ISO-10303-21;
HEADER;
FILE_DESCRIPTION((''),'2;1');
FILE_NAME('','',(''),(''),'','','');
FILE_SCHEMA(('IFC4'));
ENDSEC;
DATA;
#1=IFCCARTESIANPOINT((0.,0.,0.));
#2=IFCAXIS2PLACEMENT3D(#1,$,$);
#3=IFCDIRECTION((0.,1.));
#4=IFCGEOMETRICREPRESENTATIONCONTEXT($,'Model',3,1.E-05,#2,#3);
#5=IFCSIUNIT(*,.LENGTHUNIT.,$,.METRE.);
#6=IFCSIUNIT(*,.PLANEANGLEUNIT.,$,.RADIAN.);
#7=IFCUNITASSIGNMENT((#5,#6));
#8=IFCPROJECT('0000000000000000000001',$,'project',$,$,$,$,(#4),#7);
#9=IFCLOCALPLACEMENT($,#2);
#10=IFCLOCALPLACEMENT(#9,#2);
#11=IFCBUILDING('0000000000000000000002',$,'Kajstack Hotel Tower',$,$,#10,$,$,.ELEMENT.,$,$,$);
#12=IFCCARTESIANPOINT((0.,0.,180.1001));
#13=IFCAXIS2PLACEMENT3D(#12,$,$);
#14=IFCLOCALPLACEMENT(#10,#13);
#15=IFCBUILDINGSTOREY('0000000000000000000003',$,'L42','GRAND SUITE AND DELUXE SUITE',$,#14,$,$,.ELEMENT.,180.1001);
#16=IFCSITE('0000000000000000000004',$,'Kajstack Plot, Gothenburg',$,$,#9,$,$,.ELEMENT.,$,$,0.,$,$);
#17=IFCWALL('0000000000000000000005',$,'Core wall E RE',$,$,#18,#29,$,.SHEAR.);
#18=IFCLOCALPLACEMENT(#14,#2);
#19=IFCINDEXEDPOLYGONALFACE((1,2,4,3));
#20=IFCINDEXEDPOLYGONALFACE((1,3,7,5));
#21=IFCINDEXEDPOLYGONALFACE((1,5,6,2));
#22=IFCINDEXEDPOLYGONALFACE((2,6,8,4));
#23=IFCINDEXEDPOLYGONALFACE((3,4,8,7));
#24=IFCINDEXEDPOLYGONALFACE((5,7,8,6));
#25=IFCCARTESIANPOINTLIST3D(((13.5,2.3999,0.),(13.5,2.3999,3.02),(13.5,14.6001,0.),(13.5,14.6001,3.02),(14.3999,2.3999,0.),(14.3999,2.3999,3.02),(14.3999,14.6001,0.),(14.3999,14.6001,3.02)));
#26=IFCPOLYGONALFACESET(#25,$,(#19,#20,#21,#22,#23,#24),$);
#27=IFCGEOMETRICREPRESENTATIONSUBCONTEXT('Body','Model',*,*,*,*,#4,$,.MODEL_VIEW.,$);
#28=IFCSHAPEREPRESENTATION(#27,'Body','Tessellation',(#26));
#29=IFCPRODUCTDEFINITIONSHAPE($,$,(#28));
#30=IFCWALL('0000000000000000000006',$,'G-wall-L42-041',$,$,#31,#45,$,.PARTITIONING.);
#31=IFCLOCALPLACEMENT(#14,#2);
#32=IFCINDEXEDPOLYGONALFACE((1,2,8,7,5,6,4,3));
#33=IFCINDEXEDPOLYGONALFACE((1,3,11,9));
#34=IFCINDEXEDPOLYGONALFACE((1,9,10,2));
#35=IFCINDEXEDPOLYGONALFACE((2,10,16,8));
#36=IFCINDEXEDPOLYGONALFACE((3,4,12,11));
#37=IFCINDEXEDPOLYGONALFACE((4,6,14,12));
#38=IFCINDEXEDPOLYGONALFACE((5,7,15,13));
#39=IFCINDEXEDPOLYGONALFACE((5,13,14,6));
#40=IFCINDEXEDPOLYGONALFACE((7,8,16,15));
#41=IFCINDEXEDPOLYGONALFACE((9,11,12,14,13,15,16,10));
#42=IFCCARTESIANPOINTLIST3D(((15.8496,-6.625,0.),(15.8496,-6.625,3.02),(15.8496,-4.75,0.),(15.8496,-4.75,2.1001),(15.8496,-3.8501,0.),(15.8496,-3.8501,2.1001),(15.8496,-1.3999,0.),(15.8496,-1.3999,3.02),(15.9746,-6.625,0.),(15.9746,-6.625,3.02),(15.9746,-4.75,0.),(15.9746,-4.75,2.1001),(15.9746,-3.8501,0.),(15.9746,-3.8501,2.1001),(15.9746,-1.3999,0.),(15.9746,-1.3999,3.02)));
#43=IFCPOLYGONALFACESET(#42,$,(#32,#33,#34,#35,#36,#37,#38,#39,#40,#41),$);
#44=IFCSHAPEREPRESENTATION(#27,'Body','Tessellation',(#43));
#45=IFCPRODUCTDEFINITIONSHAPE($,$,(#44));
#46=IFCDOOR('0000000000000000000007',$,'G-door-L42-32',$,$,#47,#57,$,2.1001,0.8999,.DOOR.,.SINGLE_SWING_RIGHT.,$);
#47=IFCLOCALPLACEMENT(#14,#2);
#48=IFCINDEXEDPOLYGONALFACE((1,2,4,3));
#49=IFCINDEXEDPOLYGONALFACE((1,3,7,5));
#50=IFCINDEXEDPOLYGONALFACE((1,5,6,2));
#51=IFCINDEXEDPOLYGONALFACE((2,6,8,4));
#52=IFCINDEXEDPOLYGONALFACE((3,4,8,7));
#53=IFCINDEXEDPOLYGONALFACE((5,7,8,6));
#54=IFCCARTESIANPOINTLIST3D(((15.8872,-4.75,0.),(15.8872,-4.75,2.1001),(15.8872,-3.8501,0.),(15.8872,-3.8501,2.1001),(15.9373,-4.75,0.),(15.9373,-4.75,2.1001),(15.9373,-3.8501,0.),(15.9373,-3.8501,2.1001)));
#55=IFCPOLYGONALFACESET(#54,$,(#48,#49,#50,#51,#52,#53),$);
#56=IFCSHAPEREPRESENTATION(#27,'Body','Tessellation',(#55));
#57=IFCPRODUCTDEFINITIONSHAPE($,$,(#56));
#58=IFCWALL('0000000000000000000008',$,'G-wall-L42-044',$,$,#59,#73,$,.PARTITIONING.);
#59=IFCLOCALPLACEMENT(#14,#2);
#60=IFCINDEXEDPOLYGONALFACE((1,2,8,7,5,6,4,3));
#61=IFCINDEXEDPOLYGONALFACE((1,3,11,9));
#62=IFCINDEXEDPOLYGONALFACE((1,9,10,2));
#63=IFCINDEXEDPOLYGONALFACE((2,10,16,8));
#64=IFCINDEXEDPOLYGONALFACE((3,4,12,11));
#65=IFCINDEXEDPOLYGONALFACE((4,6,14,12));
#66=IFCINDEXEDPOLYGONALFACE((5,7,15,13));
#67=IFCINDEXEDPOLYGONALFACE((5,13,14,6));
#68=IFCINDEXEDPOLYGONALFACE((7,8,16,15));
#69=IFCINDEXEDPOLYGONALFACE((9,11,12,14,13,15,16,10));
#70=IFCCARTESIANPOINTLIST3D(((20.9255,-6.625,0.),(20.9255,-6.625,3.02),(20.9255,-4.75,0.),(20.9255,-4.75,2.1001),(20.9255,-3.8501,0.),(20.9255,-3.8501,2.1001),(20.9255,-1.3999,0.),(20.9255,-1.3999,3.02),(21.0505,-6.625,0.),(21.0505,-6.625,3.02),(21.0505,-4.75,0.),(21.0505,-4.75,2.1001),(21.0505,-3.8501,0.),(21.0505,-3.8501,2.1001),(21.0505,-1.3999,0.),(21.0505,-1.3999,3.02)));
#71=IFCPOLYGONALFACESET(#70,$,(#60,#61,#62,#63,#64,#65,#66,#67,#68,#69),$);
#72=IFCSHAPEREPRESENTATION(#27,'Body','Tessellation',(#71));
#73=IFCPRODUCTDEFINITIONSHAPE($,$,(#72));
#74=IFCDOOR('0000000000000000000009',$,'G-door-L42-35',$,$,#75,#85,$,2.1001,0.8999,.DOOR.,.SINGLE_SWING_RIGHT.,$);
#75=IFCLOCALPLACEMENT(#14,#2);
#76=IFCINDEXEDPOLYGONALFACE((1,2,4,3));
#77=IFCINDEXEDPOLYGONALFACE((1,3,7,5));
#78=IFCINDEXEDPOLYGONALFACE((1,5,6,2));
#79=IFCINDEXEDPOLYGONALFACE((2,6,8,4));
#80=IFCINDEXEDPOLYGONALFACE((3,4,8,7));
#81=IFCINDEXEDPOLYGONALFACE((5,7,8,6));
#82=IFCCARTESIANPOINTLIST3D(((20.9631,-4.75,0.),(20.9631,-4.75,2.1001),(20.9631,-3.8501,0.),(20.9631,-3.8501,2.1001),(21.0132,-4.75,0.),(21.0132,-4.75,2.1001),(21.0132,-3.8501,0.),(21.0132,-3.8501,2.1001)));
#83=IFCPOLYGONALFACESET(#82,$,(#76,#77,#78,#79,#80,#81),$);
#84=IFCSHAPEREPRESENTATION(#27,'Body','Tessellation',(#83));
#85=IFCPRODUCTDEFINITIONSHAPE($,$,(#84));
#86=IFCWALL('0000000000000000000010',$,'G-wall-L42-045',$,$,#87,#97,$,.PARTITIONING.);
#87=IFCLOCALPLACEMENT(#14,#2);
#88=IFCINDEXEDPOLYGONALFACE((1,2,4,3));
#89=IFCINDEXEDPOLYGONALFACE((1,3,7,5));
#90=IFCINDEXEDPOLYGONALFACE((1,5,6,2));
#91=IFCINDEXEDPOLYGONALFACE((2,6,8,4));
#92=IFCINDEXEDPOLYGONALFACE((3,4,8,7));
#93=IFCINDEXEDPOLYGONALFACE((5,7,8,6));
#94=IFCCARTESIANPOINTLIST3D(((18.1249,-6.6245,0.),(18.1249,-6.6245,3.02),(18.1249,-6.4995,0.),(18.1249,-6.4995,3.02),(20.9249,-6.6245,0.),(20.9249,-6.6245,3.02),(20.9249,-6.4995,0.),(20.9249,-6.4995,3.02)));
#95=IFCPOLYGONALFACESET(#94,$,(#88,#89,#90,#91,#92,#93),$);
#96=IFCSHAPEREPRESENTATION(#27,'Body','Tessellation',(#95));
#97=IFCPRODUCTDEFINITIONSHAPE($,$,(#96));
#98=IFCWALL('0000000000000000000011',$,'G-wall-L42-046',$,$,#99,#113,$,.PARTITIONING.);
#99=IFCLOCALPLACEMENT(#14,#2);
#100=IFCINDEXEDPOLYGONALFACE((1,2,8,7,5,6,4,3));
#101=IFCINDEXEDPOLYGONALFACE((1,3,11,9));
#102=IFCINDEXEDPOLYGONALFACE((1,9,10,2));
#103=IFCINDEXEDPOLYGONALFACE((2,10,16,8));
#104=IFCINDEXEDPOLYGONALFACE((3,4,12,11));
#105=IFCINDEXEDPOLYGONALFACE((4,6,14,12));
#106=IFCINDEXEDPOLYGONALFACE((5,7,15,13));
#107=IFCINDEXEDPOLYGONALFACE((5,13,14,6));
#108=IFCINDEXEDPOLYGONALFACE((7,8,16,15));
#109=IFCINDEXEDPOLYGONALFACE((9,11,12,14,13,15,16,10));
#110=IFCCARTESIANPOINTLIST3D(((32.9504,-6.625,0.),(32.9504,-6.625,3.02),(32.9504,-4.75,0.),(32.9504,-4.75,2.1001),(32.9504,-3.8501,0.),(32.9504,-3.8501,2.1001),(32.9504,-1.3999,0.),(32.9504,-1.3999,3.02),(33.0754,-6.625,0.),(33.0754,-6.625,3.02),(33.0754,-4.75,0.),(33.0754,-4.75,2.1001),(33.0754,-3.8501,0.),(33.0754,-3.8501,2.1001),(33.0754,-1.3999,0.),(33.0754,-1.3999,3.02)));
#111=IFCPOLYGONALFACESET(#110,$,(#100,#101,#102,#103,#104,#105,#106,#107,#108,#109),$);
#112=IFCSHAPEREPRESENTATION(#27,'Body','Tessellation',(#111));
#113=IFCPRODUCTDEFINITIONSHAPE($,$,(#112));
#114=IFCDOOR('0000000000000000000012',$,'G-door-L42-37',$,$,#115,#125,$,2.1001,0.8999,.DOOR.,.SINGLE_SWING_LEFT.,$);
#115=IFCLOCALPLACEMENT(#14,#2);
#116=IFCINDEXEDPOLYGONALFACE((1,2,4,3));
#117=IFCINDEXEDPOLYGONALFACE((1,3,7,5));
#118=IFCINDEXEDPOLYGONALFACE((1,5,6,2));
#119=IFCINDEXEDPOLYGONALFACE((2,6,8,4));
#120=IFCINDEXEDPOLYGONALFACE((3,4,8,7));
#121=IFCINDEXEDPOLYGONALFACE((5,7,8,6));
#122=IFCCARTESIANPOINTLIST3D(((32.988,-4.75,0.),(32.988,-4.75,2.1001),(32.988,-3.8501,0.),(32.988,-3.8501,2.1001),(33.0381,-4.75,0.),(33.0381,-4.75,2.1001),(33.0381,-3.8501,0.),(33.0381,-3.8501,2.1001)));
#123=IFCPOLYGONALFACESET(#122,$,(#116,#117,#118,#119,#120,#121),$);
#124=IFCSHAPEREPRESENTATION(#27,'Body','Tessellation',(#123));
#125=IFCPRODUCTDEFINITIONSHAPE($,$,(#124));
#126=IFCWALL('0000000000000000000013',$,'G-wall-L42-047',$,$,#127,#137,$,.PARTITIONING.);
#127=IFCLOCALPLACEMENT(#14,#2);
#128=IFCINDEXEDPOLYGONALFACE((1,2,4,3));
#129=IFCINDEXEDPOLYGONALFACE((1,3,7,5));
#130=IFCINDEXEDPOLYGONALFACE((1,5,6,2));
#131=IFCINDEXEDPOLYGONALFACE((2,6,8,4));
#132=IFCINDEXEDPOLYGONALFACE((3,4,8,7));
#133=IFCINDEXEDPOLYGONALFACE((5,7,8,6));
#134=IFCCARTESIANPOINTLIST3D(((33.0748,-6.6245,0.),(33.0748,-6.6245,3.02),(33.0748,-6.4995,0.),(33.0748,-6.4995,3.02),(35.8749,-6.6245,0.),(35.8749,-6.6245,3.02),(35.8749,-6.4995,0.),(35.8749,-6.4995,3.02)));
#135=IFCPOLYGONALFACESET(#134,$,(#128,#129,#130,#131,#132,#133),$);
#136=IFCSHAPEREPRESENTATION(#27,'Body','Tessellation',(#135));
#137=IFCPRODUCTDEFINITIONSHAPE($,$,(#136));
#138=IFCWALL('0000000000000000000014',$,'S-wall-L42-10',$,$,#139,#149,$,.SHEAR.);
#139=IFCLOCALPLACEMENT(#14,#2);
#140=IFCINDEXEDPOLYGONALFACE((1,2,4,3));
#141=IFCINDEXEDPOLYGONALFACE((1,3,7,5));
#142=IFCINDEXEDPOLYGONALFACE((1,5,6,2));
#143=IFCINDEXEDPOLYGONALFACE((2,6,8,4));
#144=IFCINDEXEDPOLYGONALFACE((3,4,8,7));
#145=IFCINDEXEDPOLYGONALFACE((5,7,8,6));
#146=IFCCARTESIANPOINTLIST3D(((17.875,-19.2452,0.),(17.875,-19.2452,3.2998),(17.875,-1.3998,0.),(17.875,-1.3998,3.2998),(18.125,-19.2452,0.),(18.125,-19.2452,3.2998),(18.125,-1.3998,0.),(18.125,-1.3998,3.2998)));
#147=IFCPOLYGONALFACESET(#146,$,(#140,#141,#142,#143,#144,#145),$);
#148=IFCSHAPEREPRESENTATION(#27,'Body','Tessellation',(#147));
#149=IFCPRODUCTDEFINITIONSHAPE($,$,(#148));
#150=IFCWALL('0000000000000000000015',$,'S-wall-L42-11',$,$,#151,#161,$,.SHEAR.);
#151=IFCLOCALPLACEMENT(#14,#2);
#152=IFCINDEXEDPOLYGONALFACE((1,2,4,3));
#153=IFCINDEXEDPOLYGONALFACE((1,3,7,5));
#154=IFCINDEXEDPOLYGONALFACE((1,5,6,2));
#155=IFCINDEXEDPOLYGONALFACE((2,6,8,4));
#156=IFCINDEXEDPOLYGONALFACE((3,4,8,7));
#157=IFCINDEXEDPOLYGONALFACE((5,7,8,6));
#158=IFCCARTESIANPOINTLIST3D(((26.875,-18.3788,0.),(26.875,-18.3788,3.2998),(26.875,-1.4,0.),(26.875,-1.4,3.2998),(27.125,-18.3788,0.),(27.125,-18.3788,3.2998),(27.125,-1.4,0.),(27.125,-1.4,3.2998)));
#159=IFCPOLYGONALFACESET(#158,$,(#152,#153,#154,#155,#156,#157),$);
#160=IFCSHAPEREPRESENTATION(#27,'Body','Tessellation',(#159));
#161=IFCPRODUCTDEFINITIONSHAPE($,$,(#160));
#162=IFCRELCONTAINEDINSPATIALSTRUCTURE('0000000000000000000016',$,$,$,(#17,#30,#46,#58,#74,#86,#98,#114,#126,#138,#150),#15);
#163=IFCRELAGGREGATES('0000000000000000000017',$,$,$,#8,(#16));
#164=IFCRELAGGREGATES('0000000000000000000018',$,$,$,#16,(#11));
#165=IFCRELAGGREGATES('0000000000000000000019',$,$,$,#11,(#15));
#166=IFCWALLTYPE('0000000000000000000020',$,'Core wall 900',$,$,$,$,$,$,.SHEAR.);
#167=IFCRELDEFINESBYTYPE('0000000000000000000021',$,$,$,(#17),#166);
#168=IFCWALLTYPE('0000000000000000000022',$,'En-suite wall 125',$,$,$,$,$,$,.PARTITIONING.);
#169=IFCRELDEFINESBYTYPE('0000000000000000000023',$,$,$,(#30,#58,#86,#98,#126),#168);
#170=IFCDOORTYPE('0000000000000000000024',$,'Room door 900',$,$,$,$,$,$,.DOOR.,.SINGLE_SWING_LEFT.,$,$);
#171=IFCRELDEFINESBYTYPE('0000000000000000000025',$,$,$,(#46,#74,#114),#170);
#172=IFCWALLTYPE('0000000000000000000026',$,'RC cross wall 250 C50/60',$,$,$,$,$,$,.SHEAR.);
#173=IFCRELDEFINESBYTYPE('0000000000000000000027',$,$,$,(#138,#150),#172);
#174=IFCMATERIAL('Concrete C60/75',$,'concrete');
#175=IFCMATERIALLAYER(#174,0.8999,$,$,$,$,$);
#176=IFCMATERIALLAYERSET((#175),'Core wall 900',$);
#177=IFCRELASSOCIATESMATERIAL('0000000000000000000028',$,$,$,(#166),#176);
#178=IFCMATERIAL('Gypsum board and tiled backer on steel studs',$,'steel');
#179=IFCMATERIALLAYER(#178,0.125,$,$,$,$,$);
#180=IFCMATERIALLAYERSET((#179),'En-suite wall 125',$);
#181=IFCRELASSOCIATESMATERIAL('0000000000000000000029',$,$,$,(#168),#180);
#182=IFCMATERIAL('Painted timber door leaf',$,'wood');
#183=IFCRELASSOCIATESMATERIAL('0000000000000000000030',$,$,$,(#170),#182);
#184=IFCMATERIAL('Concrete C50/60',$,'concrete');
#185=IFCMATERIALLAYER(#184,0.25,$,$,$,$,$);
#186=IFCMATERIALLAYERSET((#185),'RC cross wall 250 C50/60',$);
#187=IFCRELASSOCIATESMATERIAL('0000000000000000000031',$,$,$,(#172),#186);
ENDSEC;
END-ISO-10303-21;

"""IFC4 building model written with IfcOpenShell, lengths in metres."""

from ifc_helpers import new_model, si_unit, direction, frame, frame_2d, origin, place, context, subcontext, project, spatial, rectangle, extrude, material, layer, layer_set, type_object, element, fill, save


model = new_model("IFC4")

# Units and contexts
model_context = context("Model", 3, precision=1e-05, world=origin(), true_north=direction((0.0, 1.0)))
body_context = subcontext(model_context, "Body", "Model", "MODEL_VIEW")
ifc_project = project(units=[si_unit("LENGTHUNIT", "METRE"), si_unit("PLANEANGLEUNIT", "RADIAN")], contexts=[model_context])

# Site, building, storey
site_placement = place(None, origin())
site = spatial("IfcSite", under=ifc_project, at=site_placement, Name="Kajstack Plot, Gothenburg", CompositionType="ELEMENT", RefElevation=0.0)
building_placement = place(site_placement, origin())
building = spatial("IfcBuilding", under=site, at=building_placement, Name="Kajstack Hotel Tower", CompositionType="ELEMENT")
storey_placement = place(building_placement, frame((0.0, 0.0, 180.1001)))
storey = spatial("IfcBuildingStorey", under=building, at=storey_placement, Name="L42", Description="GRAND SUITE AND DELUXE SUITE", CompositionType="ELEMENT", Elevation=180.1001)

# Wall
ifc_material_1 = material(Name="Concrete C60/75", Category="concrete")
ifc_layer_1 = layer(ifc_material_1, 0.8999)
ifc_layer_set_1 = layer_set([ifc_layer_1], Name="Core wall 900")
wall_type_1 = type_object("IfcWallType", Name="Core wall 900", PredefinedType="SHEAR", material=ifc_layer_set_1)
wall_1_placement = place(storey_placement, frame((13.95, 2.3999, 0.0), z_axis=(0.0, 0.0, 1.0), x_axis=(0.0, 1.0, 0.0)))
element("IfcWall", 1, at=wall_1_placement, inside=storey, type_object=wall_type_1, Name="Core wall E RE", PredefinedType="SHEAR", context=body_context, shape_type="SweptSolid", body=[
    extrude(rectangle(XDim=12.2002, YDim=0.8999, at=frame_2d((6.1001, 0.0))), origin(), (0.0, 0.0, 1.0), 3.02),
])

# Walls, openings, doors
ifc_material_2 = material(Name="Gypsum board and tiled backer on steel studs", Category="steel")
ifc_layer_2 = layer(ifc_material_2, 0.125)
ifc_layer_set_2 = layer_set([ifc_layer_2], Name="En-suite wall 125")
wall_type_2 = type_object("IfcWallType", Name="En-suite wall 125", PredefinedType="PARTITIONING", material=ifc_layer_set_2)
wall_2_placement = place(storey_placement, frame((15.9121, -6.625, 0.0), z_axis=(0.0, 0.0, 1.0), x_axis=(0.0, 1.0, 0.0)))
wall_2 = element("IfcWall", 2, at=wall_2_placement, inside=storey, type_object=wall_type_2, Name="G-wall-L42-041", PredefinedType="PARTITIONING", context=body_context, shape_type="SweptSolid", body=[
    extrude(rectangle(XDim=5.2251, YDim=0.125, at=frame_2d((2.6125, 0.0))), origin(), (0.0, 0.0, 1.0), 3.02),
])
opening_1_placement = place(wall_2_placement, frame((1.875, 0.0, 0.0)))
opening_1 = element("IfcOpeningElement", 3, at=opening_1_placement, cuts=wall_2, PredefinedType="OPENING", context=body_context, shape_type="SweptSolid", body=[
    extrude(rectangle(XDim=0.8999, YDim=2.1001, at=frame_2d((0.45, 1.05))), frame((0.0, 0.0725, 0.0), z_axis=(0.0, -1.0, 0.0), x_axis=(1.0, 0.0, 0.0)), (0.0, 0.0, 1.0), 0.145),
])
ifc_material_3 = material(Name="Painted timber door leaf", Category="wood")
door_type_1 = type_object("IfcDoorType", Name="Room door 900", OperationType="SINGLE_SWING_LEFT", PredefinedType="DOOR", material=ifc_material_3)
door_1_placement = place(opening_1_placement, origin())
door_1 = element("IfcDoor", 4, at=door_1_placement, inside=storey, type_object=door_type_1, Name="G-door-L42-32", OperationType="SINGLE_SWING_RIGHT", OverallHeight=2.1001, OverallWidth=0.8999, PredefinedType="DOOR", context=body_context, shape_type="SweptSolid", body=[
    extrude(rectangle(XDim=0.8999, YDim=2.1001, at=frame_2d((0.45, 1.05))), frame((0.0, 0.0249, 0.0), z_axis=(0.0, -1.0, 0.0), x_axis=(1.0, 0.0, 0.0)), (0.0, 0.0, 1.0), 0.05),
])
fill(opening_1, door_1)
wall_3_placement = place(storey_placement, frame((20.988, -6.625, 0.0), z_axis=(0.0, 0.0, 1.0), x_axis=(0.0, 1.0, 0.0)))
wall_3 = element("IfcWall", 5, at=wall_3_placement, inside=storey, type_object=wall_type_2, Name="G-wall-L42-044", PredefinedType="PARTITIONING", context=body_context, shape_type="SweptSolid", body=[
    extrude(rectangle(XDim=5.2251, YDim=0.125, at=frame_2d((2.6125, 0.0))), origin(), (0.0, 0.0, 1.0), 3.02),
])
opening_2_placement = place(wall_3_placement, frame((1.875, 0.0, 0.0)))
opening_2 = element("IfcOpeningElement", 6, at=opening_2_placement, cuts=wall_3, PredefinedType="OPENING", context=body_context, shape_type="SweptSolid", body=[
    extrude(rectangle(XDim=0.8999, YDim=2.1001, at=frame_2d((0.45, 1.05))), frame((0.0, 0.0725, 0.0), z_axis=(0.0, -1.0, 0.0), x_axis=(1.0, 0.0, 0.0)), (0.0, 0.0, 1.0), 0.145),
])
door_2_placement = place(opening_2_placement, origin())
door_2 = element("IfcDoor", 7, at=door_2_placement, inside=storey, type_object=door_type_1, Name="G-door-L42-35", OperationType="SINGLE_SWING_RIGHT", OverallHeight=2.1001, OverallWidth=0.8999, PredefinedType="DOOR", context=body_context, shape_type="SweptSolid", body=[
    extrude(rectangle(XDim=0.8999, YDim=2.1001, at=frame_2d((0.45, 1.05))), frame((0.0, 0.0249, 0.0), z_axis=(0.0, -1.0, 0.0), x_axis=(1.0, 0.0, 0.0)), (0.0, 0.0, 1.0), 0.05),
])
fill(opening_2, door_2)

# Wall
wall_4_placement = place(storey_placement, frame((18.125, -6.562, 0.0), z_axis=(0.0, 0.0, 1.0), x_axis=(1.0, 0.0, 0.0)))
element("IfcWall", 8, at=wall_4_placement, inside=storey, type_object=wall_type_2, Name="G-wall-L42-045", PredefinedType="PARTITIONING", context=body_context, shape_type="SweptSolid", body=[
    extrude(rectangle(XDim=2.8, YDim=0.125, at=frame_2d((1.3999, 0.0))), origin(), (0.0, 0.0, 1.0), 3.02),
])

# Wall, opening, door
wall_5_placement = place(storey_placement, frame((33.0129, -6.625, 0.0), z_axis=(0.0, 0.0, 1.0), x_axis=(0.0, 1.0, 0.0)))
wall_5 = element("IfcWall", 9, at=wall_5_placement, inside=storey, type_object=wall_type_2, Name="G-wall-L42-046", PredefinedType="PARTITIONING", context=body_context, shape_type="SweptSolid", body=[
    extrude(rectangle(XDim=5.2251, YDim=0.125, at=frame_2d((2.6125, 0.0))), origin(), (0.0, 0.0, 1.0), 3.02),
])
opening_3_placement = place(wall_5_placement, frame((1.875, 0.0, 0.0)))
opening_3 = element("IfcOpeningElement", 10, at=opening_3_placement, cuts=wall_5, PredefinedType="OPENING", context=body_context, shape_type="SweptSolid", body=[
    extrude(rectangle(XDim=0.8999, YDim=2.1001, at=frame_2d((0.45, 1.05))), frame((0.0, 0.0725, 0.0), z_axis=(0.0, -1.0, 0.0), x_axis=(1.0, 0.0, 0.0)), (0.0, 0.0, 1.0), 0.145),
])
door_3_placement = place(opening_3_placement, origin())
door_3 = element("IfcDoor", 11, at=door_3_placement, inside=storey, type_object=door_type_1, Name="G-door-L42-37", OperationType="SINGLE_SWING_LEFT", OverallHeight=2.1001, OverallWidth=0.8999, PredefinedType="DOOR", context=body_context, shape_type="SweptSolid", body=[
    extrude(rectangle(XDim=0.8999, YDim=2.1001, at=frame_2d((0.45, 1.05))), frame((0.0, 0.0249, 0.0), z_axis=(0.0, -1.0, 0.0), x_axis=(1.0, 0.0, 0.0)), (0.0, 0.0, 1.0), 0.05),
])
fill(opening_3, door_3)

# Walls
wall_6_placement = place(storey_placement, frame((33.075, -6.562, 0.0), z_axis=(0.0, 0.0, 1.0), x_axis=(1.0, 0.0, 0.0)))
element("IfcWall", 12, at=wall_6_placement, inside=storey, type_object=wall_type_2, Name="G-wall-L42-047", PredefinedType="PARTITIONING", context=body_context, shape_type="SweptSolid", body=[
    extrude(rectangle(XDim=2.8, YDim=0.125, at=frame_2d((1.3999, 0.0))), origin(), (0.0, 0.0, 1.0), 3.02),
])
ifc_material_4 = material(Name="Concrete C50/60", Category="concrete")
ifc_layer_3 = layer(ifc_material_4, 0.25)
ifc_layer_set_3 = layer_set([ifc_layer_3], Name="RC cross wall 250 C50/60")
wall_type_3 = type_object("IfcWallType", Name="RC cross wall 250 C50/60", PredefinedType="SHEAR", material=ifc_layer_set_3)
wall_7_placement = place(storey_placement, frame((18.0, -19.2454, 0.0), z_axis=(0.0, 0.0, 1.0), x_axis=(0.0, 1.0, 0.0)))
element("IfcWall", 13, at=wall_7_placement, inside=storey, type_object=wall_type_3, Name="S-wall-L42-10", PredefinedType="SHEAR", context=body_context, shape_type="SweptSolid", body=[
    extrude(rectangle(XDim=17.8455, YDim=0.25, at=frame_2d((8.9229, 0.0))), origin(), (0.0, 0.0, 1.0), 3.2998),
])
wall_8_placement = place(storey_placement, frame((27.0, -18.3787, 0.0), z_axis=(0.0, 0.0, 1.0), x_axis=(0.0, 1.0, 0.0)))
element("IfcWall", 14, at=wall_8_placement, inside=storey, type_object=wall_type_3, Name="S-wall-L42-11", PredefinedType="SHEAR", context=body_context, shape_type="SweptSolid", body=[
    extrude(rectangle(XDim=16.9788, YDim=0.25, at=frame_2d((8.4893, 0.0))), origin(), (0.0, 0.0, 1.0), 3.2998),
])

save(model, "model.ifc")
